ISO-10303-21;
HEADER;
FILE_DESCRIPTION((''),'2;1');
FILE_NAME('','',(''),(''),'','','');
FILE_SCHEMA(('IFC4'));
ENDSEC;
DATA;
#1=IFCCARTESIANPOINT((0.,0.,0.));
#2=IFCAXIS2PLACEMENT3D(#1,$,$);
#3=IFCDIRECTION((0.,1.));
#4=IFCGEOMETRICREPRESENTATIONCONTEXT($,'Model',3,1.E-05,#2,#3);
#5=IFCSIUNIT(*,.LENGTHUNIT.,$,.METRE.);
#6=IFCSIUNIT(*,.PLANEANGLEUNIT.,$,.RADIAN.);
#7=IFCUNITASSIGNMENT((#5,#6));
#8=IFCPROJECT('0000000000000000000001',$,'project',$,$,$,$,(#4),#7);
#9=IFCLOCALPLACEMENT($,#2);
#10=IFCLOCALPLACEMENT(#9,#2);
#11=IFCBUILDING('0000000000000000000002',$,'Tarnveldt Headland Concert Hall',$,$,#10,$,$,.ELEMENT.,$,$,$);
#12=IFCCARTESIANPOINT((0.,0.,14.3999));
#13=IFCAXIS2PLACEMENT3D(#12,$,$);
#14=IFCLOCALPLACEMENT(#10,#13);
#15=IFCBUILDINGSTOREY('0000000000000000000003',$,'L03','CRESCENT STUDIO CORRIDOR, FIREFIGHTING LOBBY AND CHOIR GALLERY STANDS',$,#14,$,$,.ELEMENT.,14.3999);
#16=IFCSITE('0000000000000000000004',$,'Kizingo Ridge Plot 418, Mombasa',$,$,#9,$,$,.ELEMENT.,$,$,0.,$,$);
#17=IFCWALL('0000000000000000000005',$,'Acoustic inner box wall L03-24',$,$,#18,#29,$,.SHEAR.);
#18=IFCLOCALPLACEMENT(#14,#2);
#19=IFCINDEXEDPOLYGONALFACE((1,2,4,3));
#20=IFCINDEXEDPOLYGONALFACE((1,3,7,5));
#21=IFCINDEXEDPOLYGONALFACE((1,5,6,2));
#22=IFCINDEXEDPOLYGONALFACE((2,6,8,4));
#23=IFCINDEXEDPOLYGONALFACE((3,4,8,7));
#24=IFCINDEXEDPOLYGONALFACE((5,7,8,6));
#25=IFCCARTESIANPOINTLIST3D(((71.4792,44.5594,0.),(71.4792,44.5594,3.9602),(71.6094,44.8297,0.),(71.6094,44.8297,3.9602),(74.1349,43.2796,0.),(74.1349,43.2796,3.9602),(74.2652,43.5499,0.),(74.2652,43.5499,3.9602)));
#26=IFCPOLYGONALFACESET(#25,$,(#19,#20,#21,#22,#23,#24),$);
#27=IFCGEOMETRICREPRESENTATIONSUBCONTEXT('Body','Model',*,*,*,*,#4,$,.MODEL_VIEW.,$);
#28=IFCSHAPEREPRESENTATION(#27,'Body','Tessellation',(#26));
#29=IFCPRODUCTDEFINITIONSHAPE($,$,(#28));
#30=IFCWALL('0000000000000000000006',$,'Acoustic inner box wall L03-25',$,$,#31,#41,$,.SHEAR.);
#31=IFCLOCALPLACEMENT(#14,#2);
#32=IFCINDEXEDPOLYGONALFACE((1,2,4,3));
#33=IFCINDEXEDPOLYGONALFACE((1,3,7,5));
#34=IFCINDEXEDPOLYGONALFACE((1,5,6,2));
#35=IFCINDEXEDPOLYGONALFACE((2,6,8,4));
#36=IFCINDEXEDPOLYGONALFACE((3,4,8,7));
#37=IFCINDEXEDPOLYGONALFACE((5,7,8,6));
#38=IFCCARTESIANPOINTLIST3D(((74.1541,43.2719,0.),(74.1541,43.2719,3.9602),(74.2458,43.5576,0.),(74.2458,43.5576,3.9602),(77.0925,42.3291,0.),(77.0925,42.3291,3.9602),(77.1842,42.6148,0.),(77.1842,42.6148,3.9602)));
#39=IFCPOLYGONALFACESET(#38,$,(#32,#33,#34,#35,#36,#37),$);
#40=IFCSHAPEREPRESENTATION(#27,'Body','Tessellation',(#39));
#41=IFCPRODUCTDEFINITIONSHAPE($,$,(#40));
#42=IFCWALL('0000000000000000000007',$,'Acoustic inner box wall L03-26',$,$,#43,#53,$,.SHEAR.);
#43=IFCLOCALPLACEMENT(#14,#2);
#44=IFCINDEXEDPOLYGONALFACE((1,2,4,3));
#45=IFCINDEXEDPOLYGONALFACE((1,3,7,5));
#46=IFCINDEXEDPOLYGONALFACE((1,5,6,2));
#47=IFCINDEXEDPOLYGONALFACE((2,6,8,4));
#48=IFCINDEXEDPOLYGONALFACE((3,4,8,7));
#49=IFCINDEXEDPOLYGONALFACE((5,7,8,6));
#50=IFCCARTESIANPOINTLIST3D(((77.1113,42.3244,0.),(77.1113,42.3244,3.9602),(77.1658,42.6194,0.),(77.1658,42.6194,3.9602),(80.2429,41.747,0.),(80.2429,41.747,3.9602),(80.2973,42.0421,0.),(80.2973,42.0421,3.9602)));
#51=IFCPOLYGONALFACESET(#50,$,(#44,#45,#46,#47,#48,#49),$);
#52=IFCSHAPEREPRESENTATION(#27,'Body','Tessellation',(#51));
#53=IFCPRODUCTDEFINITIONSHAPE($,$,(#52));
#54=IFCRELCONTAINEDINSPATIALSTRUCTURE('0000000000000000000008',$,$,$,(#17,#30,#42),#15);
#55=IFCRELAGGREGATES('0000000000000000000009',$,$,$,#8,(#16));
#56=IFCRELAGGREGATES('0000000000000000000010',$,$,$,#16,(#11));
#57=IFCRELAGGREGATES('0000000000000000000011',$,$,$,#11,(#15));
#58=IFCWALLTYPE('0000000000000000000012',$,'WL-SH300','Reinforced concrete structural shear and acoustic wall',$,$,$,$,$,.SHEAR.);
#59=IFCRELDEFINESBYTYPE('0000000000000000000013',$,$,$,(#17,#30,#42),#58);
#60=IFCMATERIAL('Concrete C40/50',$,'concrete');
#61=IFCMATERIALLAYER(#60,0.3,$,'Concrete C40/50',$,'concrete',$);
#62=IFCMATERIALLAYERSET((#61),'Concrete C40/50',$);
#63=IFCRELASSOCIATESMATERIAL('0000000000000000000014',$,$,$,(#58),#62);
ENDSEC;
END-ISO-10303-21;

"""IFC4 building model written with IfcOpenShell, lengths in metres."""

from ifc_helpers import new_model, si_unit, direction, frame, frame_2d, origin, place, context, subcontext, project, spatial, rectangle, extrude, material, layer, layer_set, type_object, element, save


model = new_model("IFC4")

# Units and contexts
model_context = context("Model", 3, precision=1e-05, world=origin(), true_north=direction((0.0, 1.0)))
body_context = subcontext(model_context, "Body", "Model", "MODEL_VIEW")
ifc_project = project(units=[si_unit("LENGTHUNIT", "METRE"), si_unit("PLANEANGLEUNIT", "RADIAN")], contexts=[model_context])

# Site, building, storey
site_placement = place(None, origin())
site = spatial("IfcSite", under=ifc_project, at=site_placement, Name="Kizingo Ridge Plot 418, Mombasa", CompositionType="ELEMENT", RefElevation=0.0)
building_placement = place(site_placement, origin())
building = spatial("IfcBuilding", under=site, at=building_placement, Name="Tarnveldt Headland Concert Hall", CompositionType="ELEMENT")
storey_placement = place(building_placement, frame((0.0, 0.0, 14.3999)))
storey = spatial("IfcBuildingStorey", under=building, at=storey_placement, Name="L03", Description="CRESCENT STUDIO CORRIDOR, FIREFIGHTING LOBBY AND CHOIR GALLERY STANDS", CompositionType="ELEMENT", Elevation=14.3999)

# Shared definitions
ifc_material_1 = material(Name="Concrete C40/50", Category="concrete")

# Shared definitions
ifc_layer_1 = layer(ifc_material_1, 0.3, Name="Concrete C40/50", Category="concrete")
ifc_layer_set_1 = layer_set([ifc_layer_1], Name="Concrete C40/50")
wall_type_1 = type_object("IfcWallType", Name="WL-SH300", Description="Reinforced concrete structural shear and acoustic wall", PredefinedType="SHEAR", material=ifc_layer_set_1)

# Walls
wall_1_placement = place(storey_placement, frame((71.5442, 44.6946, 0.0), z_axis=(0.0, 0.0, 1.0), x_axis=(0.900858, -0.434114, 0.0)))
element("IfcWall", 1, at=wall_1_placement, inside=storey, type_object=wall_type_1, Name="Acoustic inner box wall L03-24", PredefinedType="SHEAR", context=body_context, shape_type="SweptSolid", body=[
    extrude(rectangle(XDim=2.948, YDim=0.3, at=frame_2d((1.4741, 0.0))), origin(), (0.0, 0.0, 1.0), 3.9602),
])
wall_2_placement = place(storey_placement, frame((74.2, 43.4148, 0.0), z_axis=(0.0, 0.0, 1.0), x_axis=(0.952183, -0.305528, 0.0)))
element("IfcWall", 2, at=wall_2_placement, inside=storey, type_object=wall_type_1, Name="Acoustic inner box wall L03-25", PredefinedType="SHEAR", context=body_context, shape_type="SweptSolid", body=[
    extrude(rectangle(XDim=3.0859, YDim=0.3, at=frame_2d((1.543, 0.0))), origin(), (0.0, 0.0, 1.0), 3.9602),
])
wall_3_placement = place(storey_placement, frame((77.1384, 42.4719, 0.0), z_axis=(0.0, 0.0, 1.0), x_axis=(0.983424, -0.18132, 0.0)))
element("IfcWall", 3, at=wall_3_placement, inside=storey, type_object=wall_type_1, Name="Acoustic inner box wall L03-26", PredefinedType="SHEAR", context=body_context, shape_type="SweptSolid", body=[
    extrude(rectangle(XDim=3.1843, YDim=0.3, at=frame_2d((1.5923, 0.0))), origin(), (0.0, 0.0, 1.0), 3.9602),
])

save(model, "model.ifc")
